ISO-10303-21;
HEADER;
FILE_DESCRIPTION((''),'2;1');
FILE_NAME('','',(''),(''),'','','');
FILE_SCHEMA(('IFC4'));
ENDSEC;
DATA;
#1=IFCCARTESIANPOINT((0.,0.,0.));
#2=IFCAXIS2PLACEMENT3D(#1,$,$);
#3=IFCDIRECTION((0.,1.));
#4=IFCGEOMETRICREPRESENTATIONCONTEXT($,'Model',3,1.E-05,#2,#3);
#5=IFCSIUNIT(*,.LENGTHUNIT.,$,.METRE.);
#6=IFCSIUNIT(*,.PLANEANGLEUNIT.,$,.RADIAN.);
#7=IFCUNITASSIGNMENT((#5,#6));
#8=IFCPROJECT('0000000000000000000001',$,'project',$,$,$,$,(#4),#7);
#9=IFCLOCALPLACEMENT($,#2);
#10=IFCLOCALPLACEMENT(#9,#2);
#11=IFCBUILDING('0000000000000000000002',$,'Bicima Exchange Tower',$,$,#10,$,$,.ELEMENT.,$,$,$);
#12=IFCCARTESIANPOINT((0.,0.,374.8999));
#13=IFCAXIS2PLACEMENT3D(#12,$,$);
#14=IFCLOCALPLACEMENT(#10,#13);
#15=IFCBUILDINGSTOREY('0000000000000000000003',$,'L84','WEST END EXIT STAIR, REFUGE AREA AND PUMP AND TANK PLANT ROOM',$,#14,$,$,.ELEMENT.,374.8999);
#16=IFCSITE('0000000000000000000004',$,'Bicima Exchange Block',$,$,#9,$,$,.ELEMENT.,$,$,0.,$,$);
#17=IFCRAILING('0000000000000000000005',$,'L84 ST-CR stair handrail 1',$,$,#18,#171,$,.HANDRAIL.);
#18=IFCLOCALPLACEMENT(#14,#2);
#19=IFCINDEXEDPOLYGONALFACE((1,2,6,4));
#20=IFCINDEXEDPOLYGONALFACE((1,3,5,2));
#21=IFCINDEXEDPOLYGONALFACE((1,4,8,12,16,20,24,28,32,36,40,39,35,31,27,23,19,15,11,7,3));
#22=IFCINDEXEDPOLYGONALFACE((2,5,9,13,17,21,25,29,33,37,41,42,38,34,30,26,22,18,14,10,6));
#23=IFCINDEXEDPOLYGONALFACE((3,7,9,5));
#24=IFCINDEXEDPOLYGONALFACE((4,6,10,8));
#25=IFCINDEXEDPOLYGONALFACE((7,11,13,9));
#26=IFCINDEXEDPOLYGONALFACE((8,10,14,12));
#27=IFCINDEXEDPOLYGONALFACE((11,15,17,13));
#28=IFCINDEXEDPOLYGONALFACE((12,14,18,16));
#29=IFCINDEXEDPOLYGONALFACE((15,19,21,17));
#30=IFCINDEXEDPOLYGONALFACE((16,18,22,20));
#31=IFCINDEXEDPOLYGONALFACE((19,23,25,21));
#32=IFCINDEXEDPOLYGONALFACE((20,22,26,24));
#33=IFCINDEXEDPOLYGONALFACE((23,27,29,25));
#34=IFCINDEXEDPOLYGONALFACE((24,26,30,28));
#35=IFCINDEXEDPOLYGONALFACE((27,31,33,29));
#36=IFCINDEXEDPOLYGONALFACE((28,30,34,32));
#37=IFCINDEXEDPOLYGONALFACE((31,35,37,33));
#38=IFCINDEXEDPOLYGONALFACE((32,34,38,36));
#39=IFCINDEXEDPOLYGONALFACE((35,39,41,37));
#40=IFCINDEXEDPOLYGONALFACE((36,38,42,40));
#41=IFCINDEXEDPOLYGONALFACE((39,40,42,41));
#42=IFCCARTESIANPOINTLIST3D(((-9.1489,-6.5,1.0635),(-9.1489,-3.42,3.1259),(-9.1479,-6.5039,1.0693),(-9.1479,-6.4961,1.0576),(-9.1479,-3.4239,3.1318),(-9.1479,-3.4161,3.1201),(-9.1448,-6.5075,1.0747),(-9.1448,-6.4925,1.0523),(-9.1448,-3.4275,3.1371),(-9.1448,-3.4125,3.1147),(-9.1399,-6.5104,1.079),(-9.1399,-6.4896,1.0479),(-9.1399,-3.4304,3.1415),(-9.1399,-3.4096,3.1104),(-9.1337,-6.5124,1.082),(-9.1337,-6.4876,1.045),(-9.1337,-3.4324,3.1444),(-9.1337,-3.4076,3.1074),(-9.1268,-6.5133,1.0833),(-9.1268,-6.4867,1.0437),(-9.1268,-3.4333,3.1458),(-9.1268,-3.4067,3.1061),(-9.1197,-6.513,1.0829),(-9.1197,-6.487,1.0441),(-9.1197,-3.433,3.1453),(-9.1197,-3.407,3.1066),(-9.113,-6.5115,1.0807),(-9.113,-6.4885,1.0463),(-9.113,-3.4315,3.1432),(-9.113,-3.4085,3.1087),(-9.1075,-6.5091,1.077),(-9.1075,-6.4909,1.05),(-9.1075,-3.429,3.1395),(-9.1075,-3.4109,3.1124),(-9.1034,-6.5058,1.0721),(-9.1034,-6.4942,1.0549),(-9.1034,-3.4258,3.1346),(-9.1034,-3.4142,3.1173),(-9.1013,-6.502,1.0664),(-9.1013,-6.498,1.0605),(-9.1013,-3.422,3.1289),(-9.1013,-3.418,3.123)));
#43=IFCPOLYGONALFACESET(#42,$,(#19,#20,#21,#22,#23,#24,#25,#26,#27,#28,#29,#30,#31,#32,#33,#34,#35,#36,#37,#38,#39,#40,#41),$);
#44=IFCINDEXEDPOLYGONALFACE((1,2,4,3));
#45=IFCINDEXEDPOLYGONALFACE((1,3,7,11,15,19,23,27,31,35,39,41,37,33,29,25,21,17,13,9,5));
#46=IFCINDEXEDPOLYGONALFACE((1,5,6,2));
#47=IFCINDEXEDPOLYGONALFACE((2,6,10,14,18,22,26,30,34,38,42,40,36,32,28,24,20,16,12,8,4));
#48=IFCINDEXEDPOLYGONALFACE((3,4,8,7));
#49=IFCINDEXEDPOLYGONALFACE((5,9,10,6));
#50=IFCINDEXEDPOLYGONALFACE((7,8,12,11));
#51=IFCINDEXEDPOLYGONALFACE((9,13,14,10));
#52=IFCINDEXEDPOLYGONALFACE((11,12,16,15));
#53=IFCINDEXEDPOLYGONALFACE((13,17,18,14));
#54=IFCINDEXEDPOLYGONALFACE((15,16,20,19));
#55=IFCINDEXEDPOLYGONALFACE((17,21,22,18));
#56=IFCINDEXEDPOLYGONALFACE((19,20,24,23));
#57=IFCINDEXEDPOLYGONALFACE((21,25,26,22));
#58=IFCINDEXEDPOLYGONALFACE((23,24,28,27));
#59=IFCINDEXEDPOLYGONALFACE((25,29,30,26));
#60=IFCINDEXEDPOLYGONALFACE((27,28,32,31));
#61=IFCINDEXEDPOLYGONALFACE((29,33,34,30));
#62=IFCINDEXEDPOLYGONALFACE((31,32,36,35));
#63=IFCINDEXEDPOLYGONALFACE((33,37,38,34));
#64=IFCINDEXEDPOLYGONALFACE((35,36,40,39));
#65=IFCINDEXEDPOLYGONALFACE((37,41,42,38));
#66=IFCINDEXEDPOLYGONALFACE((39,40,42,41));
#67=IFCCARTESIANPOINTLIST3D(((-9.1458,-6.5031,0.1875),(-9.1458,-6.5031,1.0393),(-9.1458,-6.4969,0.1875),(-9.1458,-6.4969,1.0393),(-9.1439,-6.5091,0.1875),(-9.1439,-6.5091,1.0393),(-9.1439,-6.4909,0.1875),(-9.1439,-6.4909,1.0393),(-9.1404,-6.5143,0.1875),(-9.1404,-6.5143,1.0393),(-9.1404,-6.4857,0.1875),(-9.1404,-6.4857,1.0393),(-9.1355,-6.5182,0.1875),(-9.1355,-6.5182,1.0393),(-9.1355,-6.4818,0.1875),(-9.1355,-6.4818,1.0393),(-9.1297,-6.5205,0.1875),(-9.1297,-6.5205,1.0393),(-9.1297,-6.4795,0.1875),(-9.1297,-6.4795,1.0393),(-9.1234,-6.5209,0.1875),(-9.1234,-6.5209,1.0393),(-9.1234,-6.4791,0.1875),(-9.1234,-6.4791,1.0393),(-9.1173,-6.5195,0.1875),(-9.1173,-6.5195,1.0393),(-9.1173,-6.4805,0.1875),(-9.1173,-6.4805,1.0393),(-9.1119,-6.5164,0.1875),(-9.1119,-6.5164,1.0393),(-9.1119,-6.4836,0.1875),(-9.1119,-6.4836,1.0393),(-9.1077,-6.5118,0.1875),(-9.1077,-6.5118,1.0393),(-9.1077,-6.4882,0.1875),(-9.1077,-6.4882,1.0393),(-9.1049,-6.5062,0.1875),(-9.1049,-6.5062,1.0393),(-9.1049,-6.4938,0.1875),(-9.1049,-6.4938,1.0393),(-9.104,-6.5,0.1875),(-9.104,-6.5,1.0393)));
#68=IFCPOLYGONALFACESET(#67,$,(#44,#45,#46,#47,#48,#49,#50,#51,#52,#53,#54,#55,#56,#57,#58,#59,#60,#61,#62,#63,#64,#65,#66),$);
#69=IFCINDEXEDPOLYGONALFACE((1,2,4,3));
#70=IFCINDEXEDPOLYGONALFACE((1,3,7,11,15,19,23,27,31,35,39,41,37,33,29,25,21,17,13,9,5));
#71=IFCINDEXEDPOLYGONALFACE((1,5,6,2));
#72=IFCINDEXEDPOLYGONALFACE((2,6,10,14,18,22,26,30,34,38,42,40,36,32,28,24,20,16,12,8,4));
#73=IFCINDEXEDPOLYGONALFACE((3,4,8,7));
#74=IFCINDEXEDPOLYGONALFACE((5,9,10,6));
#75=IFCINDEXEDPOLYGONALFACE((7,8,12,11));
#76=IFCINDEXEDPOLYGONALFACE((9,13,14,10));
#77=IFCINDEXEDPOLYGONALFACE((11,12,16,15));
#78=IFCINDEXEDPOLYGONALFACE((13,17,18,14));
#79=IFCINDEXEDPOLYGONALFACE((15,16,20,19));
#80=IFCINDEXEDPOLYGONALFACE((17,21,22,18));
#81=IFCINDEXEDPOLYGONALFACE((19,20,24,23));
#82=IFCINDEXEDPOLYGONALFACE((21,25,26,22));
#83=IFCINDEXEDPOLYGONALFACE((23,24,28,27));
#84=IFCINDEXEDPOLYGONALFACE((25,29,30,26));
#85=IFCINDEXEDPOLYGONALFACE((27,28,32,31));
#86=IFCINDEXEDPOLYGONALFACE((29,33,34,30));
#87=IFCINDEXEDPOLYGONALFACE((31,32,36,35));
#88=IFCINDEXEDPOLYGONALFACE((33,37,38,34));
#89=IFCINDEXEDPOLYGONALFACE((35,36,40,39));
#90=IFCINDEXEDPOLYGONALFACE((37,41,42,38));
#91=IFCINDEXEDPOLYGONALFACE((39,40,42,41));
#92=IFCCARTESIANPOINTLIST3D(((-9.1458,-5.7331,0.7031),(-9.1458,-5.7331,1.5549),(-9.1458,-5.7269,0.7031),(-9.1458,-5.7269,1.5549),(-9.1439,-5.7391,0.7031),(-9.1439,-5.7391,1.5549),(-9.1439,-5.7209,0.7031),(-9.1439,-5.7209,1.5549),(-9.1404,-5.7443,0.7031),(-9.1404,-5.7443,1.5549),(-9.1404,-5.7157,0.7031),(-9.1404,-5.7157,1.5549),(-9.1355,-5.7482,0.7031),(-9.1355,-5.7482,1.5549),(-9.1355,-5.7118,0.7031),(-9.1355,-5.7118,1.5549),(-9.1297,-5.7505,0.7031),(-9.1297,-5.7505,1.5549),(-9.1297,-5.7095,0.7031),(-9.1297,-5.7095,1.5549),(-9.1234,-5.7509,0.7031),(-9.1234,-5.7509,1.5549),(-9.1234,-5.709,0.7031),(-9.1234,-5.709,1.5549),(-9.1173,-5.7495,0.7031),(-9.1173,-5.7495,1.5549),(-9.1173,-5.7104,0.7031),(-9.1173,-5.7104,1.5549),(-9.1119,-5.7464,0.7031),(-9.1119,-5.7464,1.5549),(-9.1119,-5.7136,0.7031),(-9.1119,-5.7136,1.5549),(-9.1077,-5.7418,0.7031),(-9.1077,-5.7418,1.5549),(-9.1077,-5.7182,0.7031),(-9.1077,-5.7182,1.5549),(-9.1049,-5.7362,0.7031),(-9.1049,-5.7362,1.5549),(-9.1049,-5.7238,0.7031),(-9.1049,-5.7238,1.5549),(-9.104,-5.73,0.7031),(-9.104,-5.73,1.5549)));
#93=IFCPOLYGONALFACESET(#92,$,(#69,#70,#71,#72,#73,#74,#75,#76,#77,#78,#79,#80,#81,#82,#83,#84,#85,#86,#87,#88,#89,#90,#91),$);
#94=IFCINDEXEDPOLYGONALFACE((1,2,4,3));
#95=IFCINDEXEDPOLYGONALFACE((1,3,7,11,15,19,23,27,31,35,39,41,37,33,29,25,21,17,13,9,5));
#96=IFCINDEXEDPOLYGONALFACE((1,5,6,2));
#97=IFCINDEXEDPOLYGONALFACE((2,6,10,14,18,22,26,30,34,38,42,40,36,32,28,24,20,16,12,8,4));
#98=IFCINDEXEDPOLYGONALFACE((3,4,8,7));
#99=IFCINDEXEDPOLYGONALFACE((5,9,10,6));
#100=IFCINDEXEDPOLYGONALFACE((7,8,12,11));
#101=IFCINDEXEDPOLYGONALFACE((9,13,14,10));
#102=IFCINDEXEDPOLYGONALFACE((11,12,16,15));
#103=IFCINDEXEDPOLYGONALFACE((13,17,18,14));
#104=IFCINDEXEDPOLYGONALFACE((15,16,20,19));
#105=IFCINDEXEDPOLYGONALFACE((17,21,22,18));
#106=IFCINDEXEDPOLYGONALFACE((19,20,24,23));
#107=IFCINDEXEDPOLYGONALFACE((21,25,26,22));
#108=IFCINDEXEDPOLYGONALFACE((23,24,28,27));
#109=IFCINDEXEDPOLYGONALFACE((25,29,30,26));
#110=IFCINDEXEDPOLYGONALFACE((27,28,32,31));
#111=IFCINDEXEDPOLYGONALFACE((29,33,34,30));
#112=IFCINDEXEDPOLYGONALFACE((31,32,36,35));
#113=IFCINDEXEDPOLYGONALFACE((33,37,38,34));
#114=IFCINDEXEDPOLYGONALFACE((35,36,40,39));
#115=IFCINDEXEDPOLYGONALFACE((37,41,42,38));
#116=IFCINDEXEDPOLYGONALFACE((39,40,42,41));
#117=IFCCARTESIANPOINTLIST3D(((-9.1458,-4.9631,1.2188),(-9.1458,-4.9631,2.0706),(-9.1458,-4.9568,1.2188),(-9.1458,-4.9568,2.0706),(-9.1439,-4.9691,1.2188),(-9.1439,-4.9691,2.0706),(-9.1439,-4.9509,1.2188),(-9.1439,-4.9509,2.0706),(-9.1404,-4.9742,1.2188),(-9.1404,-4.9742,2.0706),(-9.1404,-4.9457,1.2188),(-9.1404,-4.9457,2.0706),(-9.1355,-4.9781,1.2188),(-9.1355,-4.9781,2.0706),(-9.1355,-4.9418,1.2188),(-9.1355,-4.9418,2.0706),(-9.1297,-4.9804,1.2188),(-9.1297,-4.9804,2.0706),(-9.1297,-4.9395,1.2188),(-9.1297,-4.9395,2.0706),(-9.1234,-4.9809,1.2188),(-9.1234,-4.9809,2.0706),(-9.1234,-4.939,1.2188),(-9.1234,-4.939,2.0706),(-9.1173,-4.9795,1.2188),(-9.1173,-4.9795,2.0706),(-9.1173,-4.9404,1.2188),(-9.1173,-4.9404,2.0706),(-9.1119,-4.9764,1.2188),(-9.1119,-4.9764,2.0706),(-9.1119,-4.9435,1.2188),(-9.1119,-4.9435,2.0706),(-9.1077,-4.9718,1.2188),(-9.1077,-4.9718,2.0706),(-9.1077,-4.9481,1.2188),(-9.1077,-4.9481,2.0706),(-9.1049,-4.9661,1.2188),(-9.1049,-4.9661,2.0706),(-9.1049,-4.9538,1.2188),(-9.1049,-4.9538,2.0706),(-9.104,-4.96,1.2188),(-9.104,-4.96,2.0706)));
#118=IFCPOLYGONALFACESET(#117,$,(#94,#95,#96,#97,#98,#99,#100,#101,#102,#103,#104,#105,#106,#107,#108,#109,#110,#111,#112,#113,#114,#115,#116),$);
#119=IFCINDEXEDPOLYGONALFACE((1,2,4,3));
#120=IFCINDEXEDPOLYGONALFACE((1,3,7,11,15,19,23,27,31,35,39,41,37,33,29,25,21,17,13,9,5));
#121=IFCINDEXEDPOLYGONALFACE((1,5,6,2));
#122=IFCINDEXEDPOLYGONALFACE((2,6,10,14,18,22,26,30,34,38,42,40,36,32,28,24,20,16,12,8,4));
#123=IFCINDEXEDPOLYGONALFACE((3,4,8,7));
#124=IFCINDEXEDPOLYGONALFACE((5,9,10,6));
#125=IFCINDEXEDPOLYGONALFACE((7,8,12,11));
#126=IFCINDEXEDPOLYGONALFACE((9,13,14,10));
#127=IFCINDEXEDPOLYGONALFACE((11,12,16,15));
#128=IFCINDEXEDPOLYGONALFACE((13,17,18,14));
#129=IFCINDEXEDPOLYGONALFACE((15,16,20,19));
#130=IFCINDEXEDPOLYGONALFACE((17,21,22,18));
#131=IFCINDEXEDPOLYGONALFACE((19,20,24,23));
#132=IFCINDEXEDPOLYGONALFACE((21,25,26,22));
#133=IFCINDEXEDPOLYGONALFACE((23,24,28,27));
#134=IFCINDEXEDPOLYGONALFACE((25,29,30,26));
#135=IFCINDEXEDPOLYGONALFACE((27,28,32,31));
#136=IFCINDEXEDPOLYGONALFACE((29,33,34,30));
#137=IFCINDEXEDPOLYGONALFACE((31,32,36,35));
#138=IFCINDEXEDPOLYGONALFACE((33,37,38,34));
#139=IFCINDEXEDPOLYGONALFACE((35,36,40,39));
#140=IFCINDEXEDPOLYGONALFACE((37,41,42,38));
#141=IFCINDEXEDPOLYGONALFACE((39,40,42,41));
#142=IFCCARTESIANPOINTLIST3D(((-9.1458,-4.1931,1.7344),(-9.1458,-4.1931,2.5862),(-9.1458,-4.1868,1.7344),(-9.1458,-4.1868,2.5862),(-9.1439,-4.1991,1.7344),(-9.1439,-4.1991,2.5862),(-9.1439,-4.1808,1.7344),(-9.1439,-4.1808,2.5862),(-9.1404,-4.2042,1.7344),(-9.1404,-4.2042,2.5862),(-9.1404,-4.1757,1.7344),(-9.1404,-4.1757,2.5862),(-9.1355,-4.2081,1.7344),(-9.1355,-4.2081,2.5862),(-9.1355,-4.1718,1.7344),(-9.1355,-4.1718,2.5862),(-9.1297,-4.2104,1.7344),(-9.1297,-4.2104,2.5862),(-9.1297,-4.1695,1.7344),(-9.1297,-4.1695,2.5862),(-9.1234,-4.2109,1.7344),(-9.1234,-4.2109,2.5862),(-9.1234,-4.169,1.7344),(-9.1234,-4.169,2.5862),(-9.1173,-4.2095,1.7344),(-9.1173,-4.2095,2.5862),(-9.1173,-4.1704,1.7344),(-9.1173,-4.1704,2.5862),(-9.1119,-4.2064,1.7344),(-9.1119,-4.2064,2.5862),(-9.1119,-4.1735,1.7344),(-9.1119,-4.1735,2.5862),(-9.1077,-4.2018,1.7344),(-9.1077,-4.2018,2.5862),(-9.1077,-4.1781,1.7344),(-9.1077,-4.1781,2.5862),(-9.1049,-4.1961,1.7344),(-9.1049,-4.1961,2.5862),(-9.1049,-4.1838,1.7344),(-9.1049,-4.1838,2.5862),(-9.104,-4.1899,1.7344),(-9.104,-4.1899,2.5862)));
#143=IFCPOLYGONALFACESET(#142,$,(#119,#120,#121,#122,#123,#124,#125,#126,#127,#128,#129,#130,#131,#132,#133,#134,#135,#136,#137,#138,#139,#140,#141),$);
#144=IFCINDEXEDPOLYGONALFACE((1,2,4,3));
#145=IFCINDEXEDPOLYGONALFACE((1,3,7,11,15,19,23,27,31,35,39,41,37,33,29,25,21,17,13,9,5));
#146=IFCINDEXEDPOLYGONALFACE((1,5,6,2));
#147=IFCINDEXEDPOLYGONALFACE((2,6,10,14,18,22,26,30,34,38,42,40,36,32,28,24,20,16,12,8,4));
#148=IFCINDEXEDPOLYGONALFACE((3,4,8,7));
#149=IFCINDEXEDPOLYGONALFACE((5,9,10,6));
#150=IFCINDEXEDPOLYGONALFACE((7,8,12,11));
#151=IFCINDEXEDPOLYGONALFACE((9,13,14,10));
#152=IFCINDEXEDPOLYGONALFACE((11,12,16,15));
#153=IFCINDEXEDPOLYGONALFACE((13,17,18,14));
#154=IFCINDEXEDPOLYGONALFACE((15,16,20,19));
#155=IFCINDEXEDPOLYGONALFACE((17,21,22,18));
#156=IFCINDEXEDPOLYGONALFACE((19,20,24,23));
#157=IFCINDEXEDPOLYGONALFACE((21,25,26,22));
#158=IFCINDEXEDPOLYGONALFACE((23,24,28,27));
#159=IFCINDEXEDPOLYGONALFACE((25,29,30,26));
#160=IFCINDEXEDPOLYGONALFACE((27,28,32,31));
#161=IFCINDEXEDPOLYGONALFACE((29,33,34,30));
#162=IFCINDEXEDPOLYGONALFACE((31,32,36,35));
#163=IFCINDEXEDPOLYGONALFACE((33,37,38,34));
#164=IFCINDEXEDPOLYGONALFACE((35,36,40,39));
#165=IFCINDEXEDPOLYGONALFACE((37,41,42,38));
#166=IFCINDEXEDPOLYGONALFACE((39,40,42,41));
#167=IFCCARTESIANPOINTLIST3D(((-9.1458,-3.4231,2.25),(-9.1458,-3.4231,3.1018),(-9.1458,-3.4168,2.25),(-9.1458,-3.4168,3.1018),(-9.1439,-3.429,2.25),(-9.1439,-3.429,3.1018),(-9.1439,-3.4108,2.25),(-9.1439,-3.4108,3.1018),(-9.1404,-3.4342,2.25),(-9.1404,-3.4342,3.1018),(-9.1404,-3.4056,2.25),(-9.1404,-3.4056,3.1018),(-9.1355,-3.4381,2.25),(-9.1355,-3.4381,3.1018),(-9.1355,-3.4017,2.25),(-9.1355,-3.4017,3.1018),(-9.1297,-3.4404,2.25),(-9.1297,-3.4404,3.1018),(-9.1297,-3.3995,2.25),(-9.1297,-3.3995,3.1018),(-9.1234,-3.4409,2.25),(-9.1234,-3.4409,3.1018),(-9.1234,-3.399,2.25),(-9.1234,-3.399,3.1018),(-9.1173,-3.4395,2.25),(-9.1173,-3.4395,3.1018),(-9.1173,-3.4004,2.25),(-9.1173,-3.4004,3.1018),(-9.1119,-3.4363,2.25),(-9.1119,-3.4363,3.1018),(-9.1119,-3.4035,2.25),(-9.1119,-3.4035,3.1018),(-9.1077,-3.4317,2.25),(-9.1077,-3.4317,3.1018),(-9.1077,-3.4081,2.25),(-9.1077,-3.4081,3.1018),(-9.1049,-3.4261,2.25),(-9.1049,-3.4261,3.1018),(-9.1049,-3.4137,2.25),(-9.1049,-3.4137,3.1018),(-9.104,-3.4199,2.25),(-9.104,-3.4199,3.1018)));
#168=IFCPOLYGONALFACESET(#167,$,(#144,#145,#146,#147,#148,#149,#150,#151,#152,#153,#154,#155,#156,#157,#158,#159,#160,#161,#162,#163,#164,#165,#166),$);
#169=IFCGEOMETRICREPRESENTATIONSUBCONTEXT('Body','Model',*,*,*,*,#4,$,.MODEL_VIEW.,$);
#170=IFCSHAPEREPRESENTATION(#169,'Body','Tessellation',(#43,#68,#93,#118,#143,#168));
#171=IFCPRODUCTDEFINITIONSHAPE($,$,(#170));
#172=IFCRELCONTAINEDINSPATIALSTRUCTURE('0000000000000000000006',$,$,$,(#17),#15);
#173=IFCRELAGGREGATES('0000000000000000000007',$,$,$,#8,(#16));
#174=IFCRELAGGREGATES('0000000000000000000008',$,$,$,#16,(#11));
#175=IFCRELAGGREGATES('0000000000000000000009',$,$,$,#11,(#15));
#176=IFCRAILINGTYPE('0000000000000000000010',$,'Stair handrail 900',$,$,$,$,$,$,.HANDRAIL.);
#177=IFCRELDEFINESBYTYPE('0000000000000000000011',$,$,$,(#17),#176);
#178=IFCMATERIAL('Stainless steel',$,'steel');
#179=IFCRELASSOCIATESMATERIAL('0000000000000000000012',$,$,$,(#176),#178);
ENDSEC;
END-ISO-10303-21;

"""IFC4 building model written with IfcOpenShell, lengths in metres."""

from ifc_helpers import new_model, si_unit, direction, frame, origin, origin_2d, place, context, subcontext, project, spatial, circle, extrude, material, type_object, element, save


model = new_model("IFC4")

# Units and contexts
model_context = context("Model", 3, precision=1e-05, world=origin(), true_north=direction((0.0, 1.0)))
body_context = subcontext(model_context, "Body", "Model", "MODEL_VIEW")
ifc_project = project(units=[si_unit("LENGTHUNIT", "METRE"), si_unit("PLANEANGLEUNIT", "RADIAN")], contexts=[model_context])

# Site, building, storey
site_placement = place(None, origin())
site = spatial("IfcSite", under=ifc_project, at=site_placement, Name="Bicima Exchange Block", CompositionType="ELEMENT", RefElevation=0.0)
building_placement = place(site_placement, origin())
building = spatial("IfcBuilding", under=site, at=building_placement, Name="Bicima Exchange Tower", CompositionType="ELEMENT")
storey_placement = place(building_placement, frame((0.0, 0.0, 374.8999)))
storey = spatial("IfcBuildingStorey", under=building, at=storey_placement, Name="L84", Description="WEST END EXIT STAIR, REFUGE AREA AND PUMP AND TANK PLANT ROOM", CompositionType="ELEMENT", Elevation=374.8999)

# Railing
ifc_material_1 = material(Name="Stainless steel", Category="steel")
railing_type_1 = type_object("IfcRailingType", Name="Stair handrail 900", PredefinedType="HANDRAIL", material=ifc_material_1)
railing_1_placement = place(storey_placement, frame((-9.125, -6.5, 0.1875)))
element("IfcRailing", 1, at=railing_1_placement, inside=storey, type_object=railing_type_1, Name="L84 ST-CR stair handrail 1", PredefinedType="HANDRAIL", context=body_context, shape_type="SweptSolid", body=[
    extrude(circle(Radius=0.0239, at=origin_2d()), frame((0.0, 0.0, 0.876), z_axis=(0.0, 0.830914, 0.556401), x_axis=(-1.0, 0.0, 0.0)), (0.0, 0.0, 1.0), 3.7068),
    extrude(circle(Radius=0.021, at=origin_2d()), origin(), (0.0, 0.0, 1.0), 0.8518),
    extrude(circle(Radius=0.021, at=origin_2d()), frame((0.0, 0.77, 0.5156)), (0.0, 0.0, 1.0), 0.8518),
    extrude(circle(Radius=0.021, at=origin_2d()), frame((0.0, 1.54, 1.0312)), (0.0, 0.0, 1.0), 0.8518),
    extrude(circle(Radius=0.021, at=origin_2d()), frame((0.0, 2.3101, 1.5469)), (0.0, 0.0, 1.0), 0.8518),
    extrude(circle(Radius=0.021, at=origin_2d()), frame((0.0, 3.0801, 2.0625)), (0.0, 0.0, 1.0), 0.8518),
])

save(model, "model.ifc")
